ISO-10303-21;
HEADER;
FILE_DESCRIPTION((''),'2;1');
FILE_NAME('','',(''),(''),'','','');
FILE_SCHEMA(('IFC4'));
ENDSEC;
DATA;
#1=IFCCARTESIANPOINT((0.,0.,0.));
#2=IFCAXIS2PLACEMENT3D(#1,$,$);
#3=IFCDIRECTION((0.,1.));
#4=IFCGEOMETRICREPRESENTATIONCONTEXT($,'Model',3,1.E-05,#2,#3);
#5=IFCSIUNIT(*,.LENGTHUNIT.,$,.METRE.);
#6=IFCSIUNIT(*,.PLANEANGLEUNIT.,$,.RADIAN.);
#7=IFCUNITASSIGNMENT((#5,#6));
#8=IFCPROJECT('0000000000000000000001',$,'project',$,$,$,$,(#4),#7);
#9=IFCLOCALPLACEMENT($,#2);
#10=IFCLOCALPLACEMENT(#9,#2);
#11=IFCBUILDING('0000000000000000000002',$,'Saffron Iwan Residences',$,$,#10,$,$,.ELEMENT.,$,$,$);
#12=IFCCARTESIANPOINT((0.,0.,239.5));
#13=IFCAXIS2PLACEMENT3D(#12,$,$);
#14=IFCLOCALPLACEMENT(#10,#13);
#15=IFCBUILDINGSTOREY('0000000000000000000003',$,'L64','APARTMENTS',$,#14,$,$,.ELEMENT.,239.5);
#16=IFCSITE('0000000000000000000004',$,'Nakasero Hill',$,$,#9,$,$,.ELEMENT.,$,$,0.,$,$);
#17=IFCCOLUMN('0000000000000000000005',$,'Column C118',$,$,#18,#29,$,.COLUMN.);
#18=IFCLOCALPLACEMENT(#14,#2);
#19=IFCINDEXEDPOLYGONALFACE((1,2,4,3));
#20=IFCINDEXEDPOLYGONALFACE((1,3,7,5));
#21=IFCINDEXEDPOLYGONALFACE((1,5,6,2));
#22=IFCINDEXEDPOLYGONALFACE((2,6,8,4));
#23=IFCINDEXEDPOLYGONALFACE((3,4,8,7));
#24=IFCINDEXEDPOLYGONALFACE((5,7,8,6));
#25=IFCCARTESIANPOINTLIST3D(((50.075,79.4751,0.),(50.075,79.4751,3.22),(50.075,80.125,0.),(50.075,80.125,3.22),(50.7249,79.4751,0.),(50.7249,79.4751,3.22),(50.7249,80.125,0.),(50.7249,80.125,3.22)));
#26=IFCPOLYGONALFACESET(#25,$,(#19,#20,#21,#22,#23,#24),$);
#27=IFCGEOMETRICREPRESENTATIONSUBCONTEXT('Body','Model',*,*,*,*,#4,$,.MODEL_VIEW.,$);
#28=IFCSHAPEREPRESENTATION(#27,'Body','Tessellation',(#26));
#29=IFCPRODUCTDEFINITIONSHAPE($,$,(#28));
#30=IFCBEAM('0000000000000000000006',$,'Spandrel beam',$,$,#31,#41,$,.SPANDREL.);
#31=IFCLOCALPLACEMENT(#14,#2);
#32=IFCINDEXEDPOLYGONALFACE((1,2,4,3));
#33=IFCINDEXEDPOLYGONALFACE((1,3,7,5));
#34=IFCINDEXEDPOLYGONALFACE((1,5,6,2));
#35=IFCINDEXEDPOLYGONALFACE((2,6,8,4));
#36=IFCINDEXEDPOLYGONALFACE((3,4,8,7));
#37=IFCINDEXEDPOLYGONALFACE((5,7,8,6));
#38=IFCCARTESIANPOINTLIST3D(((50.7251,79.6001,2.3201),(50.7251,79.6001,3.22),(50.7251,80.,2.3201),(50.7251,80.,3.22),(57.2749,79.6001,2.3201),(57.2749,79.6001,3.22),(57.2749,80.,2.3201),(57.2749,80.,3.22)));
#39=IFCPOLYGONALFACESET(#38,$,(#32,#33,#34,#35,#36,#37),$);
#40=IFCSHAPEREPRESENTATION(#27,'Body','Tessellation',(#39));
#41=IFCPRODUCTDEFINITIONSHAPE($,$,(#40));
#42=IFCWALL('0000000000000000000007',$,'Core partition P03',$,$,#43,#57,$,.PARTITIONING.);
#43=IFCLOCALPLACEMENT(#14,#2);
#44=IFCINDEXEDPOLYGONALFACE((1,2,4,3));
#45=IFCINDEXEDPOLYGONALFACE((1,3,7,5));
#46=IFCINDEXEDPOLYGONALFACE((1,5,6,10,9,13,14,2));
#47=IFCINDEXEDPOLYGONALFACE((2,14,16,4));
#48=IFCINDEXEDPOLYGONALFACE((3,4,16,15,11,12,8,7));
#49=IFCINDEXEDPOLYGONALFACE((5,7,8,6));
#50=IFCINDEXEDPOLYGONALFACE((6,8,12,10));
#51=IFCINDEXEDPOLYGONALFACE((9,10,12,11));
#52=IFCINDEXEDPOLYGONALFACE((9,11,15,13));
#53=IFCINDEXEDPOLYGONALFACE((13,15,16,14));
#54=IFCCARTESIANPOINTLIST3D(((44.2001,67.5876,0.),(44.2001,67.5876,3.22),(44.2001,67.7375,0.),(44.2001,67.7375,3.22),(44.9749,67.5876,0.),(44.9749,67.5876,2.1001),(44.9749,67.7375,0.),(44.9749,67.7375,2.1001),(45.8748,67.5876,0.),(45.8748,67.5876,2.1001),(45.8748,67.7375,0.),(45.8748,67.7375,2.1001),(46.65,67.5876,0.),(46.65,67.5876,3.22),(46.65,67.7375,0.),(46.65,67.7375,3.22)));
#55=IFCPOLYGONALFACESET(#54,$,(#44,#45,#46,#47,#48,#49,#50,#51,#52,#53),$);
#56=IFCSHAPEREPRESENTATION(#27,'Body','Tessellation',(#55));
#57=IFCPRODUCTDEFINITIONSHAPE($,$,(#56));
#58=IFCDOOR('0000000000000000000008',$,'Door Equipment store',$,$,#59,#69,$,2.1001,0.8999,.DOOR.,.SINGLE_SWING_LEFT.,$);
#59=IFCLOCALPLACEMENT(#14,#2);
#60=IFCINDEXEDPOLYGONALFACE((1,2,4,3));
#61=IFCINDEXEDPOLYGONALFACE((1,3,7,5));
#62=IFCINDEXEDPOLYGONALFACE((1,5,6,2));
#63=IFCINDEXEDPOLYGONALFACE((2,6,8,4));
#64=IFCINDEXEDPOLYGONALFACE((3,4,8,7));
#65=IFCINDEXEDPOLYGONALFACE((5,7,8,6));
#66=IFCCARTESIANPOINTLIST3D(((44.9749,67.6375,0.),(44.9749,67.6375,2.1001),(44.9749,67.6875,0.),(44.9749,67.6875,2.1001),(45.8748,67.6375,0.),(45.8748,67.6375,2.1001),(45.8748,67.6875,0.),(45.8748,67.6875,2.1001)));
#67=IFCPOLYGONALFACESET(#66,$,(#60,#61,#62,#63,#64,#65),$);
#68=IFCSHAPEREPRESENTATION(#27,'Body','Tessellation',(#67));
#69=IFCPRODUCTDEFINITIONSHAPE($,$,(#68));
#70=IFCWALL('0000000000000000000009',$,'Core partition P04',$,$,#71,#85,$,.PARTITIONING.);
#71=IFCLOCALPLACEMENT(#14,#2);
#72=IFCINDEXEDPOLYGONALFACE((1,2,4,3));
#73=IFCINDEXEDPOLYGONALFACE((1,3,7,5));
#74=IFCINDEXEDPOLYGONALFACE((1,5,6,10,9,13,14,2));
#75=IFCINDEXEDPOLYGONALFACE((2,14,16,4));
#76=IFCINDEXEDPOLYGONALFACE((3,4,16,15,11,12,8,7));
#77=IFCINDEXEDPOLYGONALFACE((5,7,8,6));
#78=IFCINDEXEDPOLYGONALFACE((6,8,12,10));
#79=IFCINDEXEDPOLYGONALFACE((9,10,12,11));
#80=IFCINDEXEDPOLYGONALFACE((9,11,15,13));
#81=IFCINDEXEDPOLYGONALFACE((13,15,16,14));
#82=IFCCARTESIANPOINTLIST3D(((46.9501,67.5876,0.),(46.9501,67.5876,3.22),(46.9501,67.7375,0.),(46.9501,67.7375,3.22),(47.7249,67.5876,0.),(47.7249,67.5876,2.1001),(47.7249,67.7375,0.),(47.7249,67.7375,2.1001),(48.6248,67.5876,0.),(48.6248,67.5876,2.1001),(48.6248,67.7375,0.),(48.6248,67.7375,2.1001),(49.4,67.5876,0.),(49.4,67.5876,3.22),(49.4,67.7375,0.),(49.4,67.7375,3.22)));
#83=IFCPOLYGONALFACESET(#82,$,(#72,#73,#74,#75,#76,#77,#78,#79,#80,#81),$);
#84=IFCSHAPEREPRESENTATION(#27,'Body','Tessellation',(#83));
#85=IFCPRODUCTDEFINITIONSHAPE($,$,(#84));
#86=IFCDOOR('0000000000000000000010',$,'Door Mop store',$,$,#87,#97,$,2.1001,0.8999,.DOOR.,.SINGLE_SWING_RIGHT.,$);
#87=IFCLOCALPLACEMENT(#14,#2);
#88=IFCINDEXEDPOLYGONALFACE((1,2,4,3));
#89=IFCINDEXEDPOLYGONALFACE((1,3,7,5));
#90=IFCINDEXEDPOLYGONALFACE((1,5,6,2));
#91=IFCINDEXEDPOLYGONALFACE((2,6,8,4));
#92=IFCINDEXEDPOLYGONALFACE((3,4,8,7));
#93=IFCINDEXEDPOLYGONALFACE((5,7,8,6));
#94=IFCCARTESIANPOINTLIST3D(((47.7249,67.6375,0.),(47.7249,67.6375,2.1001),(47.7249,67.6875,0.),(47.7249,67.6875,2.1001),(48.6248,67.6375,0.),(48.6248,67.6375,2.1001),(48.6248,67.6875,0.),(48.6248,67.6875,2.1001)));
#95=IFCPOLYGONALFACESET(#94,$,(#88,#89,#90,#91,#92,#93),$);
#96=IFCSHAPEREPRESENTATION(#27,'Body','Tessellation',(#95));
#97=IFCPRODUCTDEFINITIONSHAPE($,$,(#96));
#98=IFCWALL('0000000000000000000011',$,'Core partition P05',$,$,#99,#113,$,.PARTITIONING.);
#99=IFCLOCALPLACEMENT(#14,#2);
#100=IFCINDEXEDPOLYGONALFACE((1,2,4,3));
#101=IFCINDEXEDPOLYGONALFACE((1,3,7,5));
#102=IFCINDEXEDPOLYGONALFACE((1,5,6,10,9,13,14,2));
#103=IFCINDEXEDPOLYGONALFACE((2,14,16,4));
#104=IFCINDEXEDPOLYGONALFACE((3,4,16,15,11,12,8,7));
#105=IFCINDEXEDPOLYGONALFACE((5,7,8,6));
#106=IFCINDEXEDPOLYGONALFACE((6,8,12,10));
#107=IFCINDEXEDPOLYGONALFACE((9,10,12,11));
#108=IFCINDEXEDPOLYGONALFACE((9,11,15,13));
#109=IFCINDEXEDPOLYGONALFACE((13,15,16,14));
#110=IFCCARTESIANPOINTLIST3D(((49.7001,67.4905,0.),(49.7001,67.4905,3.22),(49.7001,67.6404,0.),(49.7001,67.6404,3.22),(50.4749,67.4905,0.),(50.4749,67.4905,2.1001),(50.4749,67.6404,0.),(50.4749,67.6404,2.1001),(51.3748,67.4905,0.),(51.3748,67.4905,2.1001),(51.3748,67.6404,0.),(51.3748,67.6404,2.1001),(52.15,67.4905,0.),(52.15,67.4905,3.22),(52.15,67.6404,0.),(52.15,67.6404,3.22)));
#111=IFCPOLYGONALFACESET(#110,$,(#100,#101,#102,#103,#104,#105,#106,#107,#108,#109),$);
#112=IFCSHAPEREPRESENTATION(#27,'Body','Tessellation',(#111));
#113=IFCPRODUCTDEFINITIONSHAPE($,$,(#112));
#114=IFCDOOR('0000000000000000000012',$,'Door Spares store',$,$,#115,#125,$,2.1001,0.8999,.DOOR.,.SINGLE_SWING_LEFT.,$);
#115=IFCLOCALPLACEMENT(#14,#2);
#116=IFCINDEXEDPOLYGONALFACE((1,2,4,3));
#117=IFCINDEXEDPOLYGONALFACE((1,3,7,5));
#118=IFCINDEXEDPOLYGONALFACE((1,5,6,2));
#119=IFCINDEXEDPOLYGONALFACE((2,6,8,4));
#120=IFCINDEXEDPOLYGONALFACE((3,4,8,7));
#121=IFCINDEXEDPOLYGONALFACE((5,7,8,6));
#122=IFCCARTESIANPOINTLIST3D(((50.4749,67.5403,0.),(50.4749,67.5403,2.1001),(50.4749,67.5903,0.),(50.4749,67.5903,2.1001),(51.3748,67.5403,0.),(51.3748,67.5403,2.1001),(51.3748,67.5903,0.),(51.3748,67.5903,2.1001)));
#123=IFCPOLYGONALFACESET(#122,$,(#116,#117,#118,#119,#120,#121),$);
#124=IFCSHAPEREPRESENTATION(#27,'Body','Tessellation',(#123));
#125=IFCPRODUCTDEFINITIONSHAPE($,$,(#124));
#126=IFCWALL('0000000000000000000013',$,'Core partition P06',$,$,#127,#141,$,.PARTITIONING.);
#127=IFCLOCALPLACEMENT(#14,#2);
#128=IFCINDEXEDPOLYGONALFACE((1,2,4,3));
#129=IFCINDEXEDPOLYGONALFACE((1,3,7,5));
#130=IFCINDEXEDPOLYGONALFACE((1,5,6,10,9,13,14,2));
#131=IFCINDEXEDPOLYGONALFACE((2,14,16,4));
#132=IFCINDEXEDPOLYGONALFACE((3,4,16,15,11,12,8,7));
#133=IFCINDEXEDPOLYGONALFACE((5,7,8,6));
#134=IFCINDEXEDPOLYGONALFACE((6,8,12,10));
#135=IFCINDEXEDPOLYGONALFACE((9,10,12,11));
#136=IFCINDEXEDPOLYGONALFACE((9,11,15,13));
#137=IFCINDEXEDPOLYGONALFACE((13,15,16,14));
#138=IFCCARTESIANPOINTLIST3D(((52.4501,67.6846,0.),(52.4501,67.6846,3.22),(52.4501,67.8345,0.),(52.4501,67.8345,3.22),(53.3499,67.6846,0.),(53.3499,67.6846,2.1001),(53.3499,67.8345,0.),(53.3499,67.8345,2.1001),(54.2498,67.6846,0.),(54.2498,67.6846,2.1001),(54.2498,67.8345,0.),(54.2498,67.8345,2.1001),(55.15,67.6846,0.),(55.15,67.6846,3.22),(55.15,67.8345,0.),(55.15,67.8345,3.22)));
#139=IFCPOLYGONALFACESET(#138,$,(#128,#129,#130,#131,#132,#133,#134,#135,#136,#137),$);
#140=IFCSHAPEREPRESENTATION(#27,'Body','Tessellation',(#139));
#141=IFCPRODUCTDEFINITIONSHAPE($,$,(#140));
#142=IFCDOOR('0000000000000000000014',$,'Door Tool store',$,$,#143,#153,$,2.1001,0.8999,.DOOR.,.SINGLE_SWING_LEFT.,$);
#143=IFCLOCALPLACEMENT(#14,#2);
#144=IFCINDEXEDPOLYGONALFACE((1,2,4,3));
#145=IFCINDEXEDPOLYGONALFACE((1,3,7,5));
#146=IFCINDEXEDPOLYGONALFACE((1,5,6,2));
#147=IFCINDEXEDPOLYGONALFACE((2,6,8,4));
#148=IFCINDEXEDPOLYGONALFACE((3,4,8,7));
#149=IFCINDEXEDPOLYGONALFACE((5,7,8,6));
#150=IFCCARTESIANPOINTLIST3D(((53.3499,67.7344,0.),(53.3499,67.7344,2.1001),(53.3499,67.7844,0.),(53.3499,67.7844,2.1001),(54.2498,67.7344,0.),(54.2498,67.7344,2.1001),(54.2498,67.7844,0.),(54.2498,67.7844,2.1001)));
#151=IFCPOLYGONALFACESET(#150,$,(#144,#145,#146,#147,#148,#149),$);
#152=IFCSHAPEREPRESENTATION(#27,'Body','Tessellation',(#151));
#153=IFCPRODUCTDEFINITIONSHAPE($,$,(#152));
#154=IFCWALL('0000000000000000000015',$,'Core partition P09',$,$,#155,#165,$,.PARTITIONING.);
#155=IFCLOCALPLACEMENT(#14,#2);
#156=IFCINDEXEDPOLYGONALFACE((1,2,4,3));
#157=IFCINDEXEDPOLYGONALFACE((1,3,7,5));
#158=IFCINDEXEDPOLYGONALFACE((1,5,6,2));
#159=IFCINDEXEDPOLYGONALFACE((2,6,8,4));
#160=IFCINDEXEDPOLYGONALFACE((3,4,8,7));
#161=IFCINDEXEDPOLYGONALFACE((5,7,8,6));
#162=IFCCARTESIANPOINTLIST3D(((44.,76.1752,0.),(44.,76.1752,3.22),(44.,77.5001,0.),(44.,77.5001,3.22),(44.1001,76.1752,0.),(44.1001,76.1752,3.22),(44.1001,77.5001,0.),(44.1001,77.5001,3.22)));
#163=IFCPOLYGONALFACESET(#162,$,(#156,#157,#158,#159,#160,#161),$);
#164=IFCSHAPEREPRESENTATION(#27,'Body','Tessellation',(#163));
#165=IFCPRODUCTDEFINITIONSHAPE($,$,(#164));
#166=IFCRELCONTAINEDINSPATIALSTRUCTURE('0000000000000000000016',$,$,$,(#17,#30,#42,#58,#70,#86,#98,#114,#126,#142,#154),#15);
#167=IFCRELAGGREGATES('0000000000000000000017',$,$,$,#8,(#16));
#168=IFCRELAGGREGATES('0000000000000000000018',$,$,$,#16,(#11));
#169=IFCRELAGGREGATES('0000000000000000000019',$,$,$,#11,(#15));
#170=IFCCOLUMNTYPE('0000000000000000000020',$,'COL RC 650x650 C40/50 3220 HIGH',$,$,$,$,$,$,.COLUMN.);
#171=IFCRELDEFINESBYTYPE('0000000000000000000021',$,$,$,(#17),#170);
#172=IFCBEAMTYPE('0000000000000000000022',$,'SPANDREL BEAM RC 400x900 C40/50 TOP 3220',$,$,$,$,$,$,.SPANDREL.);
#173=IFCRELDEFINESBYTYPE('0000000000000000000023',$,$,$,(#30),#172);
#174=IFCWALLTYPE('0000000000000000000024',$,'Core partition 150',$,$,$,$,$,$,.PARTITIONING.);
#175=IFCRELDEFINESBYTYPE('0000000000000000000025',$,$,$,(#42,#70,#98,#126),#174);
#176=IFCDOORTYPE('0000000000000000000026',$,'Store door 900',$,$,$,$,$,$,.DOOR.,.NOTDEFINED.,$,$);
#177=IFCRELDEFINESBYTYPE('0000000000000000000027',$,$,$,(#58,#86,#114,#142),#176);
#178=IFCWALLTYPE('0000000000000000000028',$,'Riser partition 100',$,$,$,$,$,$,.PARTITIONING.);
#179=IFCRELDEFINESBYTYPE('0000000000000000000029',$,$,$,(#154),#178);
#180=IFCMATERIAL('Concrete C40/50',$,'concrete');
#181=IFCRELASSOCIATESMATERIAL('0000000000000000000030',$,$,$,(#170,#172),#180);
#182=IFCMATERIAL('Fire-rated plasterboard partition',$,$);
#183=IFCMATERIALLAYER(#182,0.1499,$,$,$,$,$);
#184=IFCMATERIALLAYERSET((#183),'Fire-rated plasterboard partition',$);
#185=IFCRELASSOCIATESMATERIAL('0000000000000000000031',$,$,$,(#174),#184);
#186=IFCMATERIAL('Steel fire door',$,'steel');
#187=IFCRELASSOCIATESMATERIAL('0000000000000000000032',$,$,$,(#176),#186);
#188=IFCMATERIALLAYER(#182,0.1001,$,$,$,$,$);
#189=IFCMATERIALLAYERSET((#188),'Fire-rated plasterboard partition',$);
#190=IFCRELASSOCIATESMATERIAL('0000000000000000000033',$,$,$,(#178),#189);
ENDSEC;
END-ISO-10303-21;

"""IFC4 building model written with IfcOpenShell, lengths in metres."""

from ifc_helpers import new_model, si_unit, direction, frame, frame_2d, origin, origin_2d, place, context, subcontext, project, spatial, rectangle, extrude, source, transform, mapped, material, layer, layer_set, material_profile, profile_set, type_object, element, fill, save


model = new_model("IFC4")

# Units and contexts
model_context = context("Model", 3, precision=1e-05, world=origin(), true_north=direction((0.0, 1.0)))
body_context = subcontext(model_context, "Body", "Model", "MODEL_VIEW")
ifc_project = project(units=[si_unit("LENGTHUNIT", "METRE"), si_unit("PLANEANGLEUNIT", "RADIAN")], contexts=[model_context])

# Site, building, storey
site_placement = place(None, origin())
site = spatial("IfcSite", under=ifc_project, at=site_placement, Name="Nakasero Hill", CompositionType="ELEMENT", RefElevation=0.0)
building_placement = place(site_placement, origin())
building = spatial("IfcBuilding", under=site, at=building_placement, Name="Saffron Iwan Residences", CompositionType="ELEMENT")
storey_placement = place(building_placement, frame((0.0, 0.0, 239.5)))
storey = spatial("IfcBuildingStorey", under=building, at=storey_placement, Name="L64", Description="APARTMENTS", CompositionType="ELEMENT", Elevation=239.5)

# Column
ifc_material_1 = material(Name="Concrete C40/50", Category="concrete")
ifc_material_profile_1 = material_profile(ifc_material_1, rectangle(XDim=0.6499, YDim=0.6499, at=origin_2d()), Name="RC 650x650")
ifc_profile_set_1 = profile_set([ifc_material_profile_1], Name="Concrete C40/50")
column_type = type_object("IfcColumnType", Name="COL RC 650x650 C40/50 3220 HIGH", PredefinedType="COLUMN", material=ifc_profile_set_1)
shared_shape_1 = source(origin(), body_context, "Body", "SweptSolid", [
    extrude(rectangle(XDim=0.6499, YDim=0.6499, at=origin_2d()), origin(), (0.0, 0.0, 1.0), 3.22),
])
column_placement = place(storey_placement, frame((50.3999, 79.8, 0.0), z_axis=(0.0, 0.0, 1.0), x_axis=(1.0, 0.0, 0.0)))
element("IfcColumn", 1, at=column_placement, inside=storey, type_object=column_type, Name="Column C118", PredefinedType="COLUMN", context=body_context, shape_type="MappedRepresentation", body=[
    mapped(shared_shape_1, transform((0.0, 0.0, 0.0))),
])

# Beam
ifc_material_profile_2 = material_profile(ifc_material_1, rectangle(XDim=0.3999, YDim=0.8999, at=origin_2d()), Name="RC 400x900")
ifc_profile_set_2 = profile_set([ifc_material_profile_2], Name="Concrete C40/50")
beam_type = type_object("IfcBeamType", Name="SPANDREL BEAM RC 400x900 C40/50 TOP 3220", PredefinedType="SPANDREL", material=ifc_profile_set_2)
shared_shape_2 = source(origin(), body_context, "Body", "SweptSolid", [
    extrude(rectangle(XDim=0.3999, YDim=0.8999, at=origin_2d()), origin(), (0.0, 0.0, 1.0), 6.5498),
])
beam_placement = place(storey_placement, frame((50.7251, 79.8, 2.77), z_axis=(1.0, 0.0, 0.0), x_axis=(0.0, 1.0, 0.0)))
element("IfcBeam", 2, at=beam_placement, inside=storey, type_object=beam_type, Name="Spandrel beam", PredefinedType="SPANDREL", context=body_context, shape_type="MappedRepresentation", body=[
    mapped(shared_shape_2, transform((0.0, 0.0, 0.0))),
])

# Walls, openings, doors
ifc_material_2 = material(Name="Fire-rated plasterboard partition")
ifc_layer_1 = layer(ifc_material_2, 0.1499)
ifc_layer_set_1 = layer_set([ifc_layer_1], Name="Fire-rated plasterboard partition")
wall_type_1 = type_object("IfcWallType", Name="Core partition 150", PredefinedType="PARTITIONING", material=ifc_layer_set_1)
wall_1_placement = place(storey_placement, frame((44.2, 67.6626, 0.0), z_axis=(0.0, 0.0, 1.0), x_axis=(1.0, 0.0, 0.0)))
wall_1 = element("IfcWall", 3, at=wall_1_placement, inside=storey, type_object=wall_type_1, Name="Core partition P03", PredefinedType="PARTITIONING", context=body_context, shape_type="SweptSolid", body=[
    extrude(rectangle(XDim=2.45, YDim=0.1499, at=frame_2d((1.2251, 0.0))), origin(), (0.0, 0.0, 1.0), 3.22),
])
opening_1_placement = place(wall_1_placement, frame((0.7749, 0.0, 0.0)))
opening_1 = element("IfcOpeningElement", 4, at=opening_1_placement, cuts=wall_1, PredefinedType="OPENING", context=body_context, shape_type="SweptSolid", body=[
    extrude(rectangle(XDim=0.8999, YDim=2.1001, at=frame_2d((0.45, 1.05))), frame((0.0, 0.085, 0.0), z_axis=(0.0, -1.0, 0.0), x_axis=(1.0, 0.0, 0.0)), (0.0, 0.0, 1.0), 0.1699),
])
ifc_material_3 = material(Name="Steel fire door", Category="steel")
door_type = type_object("IfcDoorType", Name="Store door 900", OperationType="NOTDEFINED", PredefinedType="DOOR", material=ifc_material_3)
door_1_placement = place(opening_1_placement, origin())
door_1 = element("IfcDoor", 5, at=door_1_placement, inside=storey, type_object=door_type, Name="Door Equipment store", OperationType="SINGLE_SWING_LEFT", OverallHeight=2.1001, OverallWidth=0.8999, PredefinedType="DOOR", context=body_context, shape_type="SweptSolid", body=[
    extrude(rectangle(XDim=0.8999, YDim=2.1001, at=frame_2d((0.45, 1.05))), frame((0.0, 0.0249, 0.0), z_axis=(0.0, -1.0, 0.0), x_axis=(1.0, 0.0, 0.0)), (0.0, 0.0, 1.0), 0.05),
])
fill(opening_1, door_1)
wall_2_placement = place(storey_placement, frame((46.95, 67.6626, 0.0), z_axis=(0.0, 0.0, 1.0), x_axis=(1.0, 0.0, 0.0)))
wall_2 = element("IfcWall", 6, at=wall_2_placement, inside=storey, type_object=wall_type_1, Name="Core partition P04", PredefinedType="PARTITIONING", context=body_context, shape_type="SweptSolid", body=[
    extrude(rectangle(XDim=2.45, YDim=0.1499, at=frame_2d((1.2251, 0.0))), origin(), (0.0, 0.0, 1.0), 3.22),
])
opening_2_placement = place(wall_2_placement, frame((0.7749, 0.0, 0.0)))
opening_2 = element("IfcOpeningElement", 7, at=opening_2_placement, cuts=wall_2, PredefinedType="OPENING", context=body_context, shape_type="SweptSolid", body=[
    extrude(rectangle(XDim=0.8999, YDim=2.1001, at=frame_2d((0.45, 1.05))), frame((0.0, 0.085, 0.0), z_axis=(0.0, -1.0, 0.0), x_axis=(1.0, 0.0, 0.0)), (0.0, 0.0, 1.0), 0.1699),
])
door_2_placement = place(opening_2_placement, origin())
door_2 = element("IfcDoor", 8, at=door_2_placement, inside=storey, type_object=door_type, Name="Door Mop store", OperationType="SINGLE_SWING_RIGHT", OverallHeight=2.1001, OverallWidth=0.8999, PredefinedType="DOOR", context=body_context, shape_type="SweptSolid", body=[
    extrude(rectangle(XDim=0.8999, YDim=2.1001, at=frame_2d((0.45, 1.05))), frame((0.0, 0.0249, 0.0), z_axis=(0.0, -1.0, 0.0), x_axis=(1.0, 0.0, 0.0)), (0.0, 0.0, 1.0), 0.05),
])
fill(opening_2, door_2)
wall_3_placement = place(storey_placement, frame((49.7, 67.5654, 0.0), z_axis=(0.0, 0.0, 1.0), x_axis=(1.0, 0.0, 0.0)))
wall_3 = element("IfcWall", 9, at=wall_3_placement, inside=storey, type_object=wall_type_1, Name="Core partition P05", PredefinedType="PARTITIONING", context=body_context, shape_type="SweptSolid", body=[
    extrude(rectangle(XDim=2.45, YDim=0.1499, at=frame_2d((1.2251, 0.0))), origin(), (0.0, 0.0, 1.0), 3.22),
])
opening_3_placement = place(wall_3_placement, frame((0.7749, 0.0, 0.0)))
opening_3 = element("IfcOpeningElement", 10, at=opening_3_placement, cuts=wall_3, PredefinedType="OPENING", context=body_context, shape_type="SweptSolid", body=[
    extrude(rectangle(XDim=0.8999, YDim=2.1001, at=frame_2d((0.45, 1.05))), frame((0.0, 0.085, 0.0), z_axis=(0.0, -1.0, 0.0), x_axis=(1.0, 0.0, 0.0)), (0.0, 0.0, 1.0), 0.1699),
])
door_3_placement = place(opening_3_placement, origin())
door_3 = element("IfcDoor", 11, at=door_3_placement, inside=storey, type_object=door_type, Name="Door Spares store", OperationType="SINGLE_SWING_LEFT", OverallHeight=2.1001, OverallWidth=0.8999, PredefinedType="DOOR", context=body_context, shape_type="SweptSolid", body=[
    extrude(rectangle(XDim=0.8999, YDim=2.1001, at=frame_2d((0.45, 1.05))), frame((0.0, 0.0249, 0.0), z_axis=(0.0, -1.0, 0.0), x_axis=(1.0, 0.0, 0.0)), (0.0, 0.0, 1.0), 0.05),
])
fill(opening_3, door_3)
wall_4_placement = place(storey_placement, frame((52.45, 67.7595, 0.0), z_axis=(0.0, 0.0, 1.0), x_axis=(1.0, 0.0, 0.0)))
wall_4 = element("IfcWall", 12, at=wall_4_placement, inside=storey, type_object=wall_type_1, Name="Core partition P06", PredefinedType="PARTITIONING", context=body_context, shape_type="SweptSolid", body=[
    extrude(rectangle(XDim=2.7, YDim=0.1499, at=frame_2d((1.3501, 0.0))), origin(), (0.0, 0.0, 1.0), 3.22),
])
opening_4_placement = place(wall_4_placement, frame((0.8999, 0.0, 0.0)))
opening_4 = element("IfcOpeningElement", 13, at=opening_4_placement, cuts=wall_4, PredefinedType="OPENING", context=body_context, shape_type="SweptSolid", body=[
    extrude(rectangle(XDim=0.8999, YDim=2.1001, at=frame_2d((0.45, 1.05))), frame((0.0, 0.085, 0.0), z_axis=(0.0, -1.0, 0.0), x_axis=(1.0, 0.0, 0.0)), (0.0, 0.0, 1.0), 0.1699),
])
door_4_placement = place(opening_4_placement, origin())
door_4 = element("IfcDoor", 14, at=door_4_placement, inside=storey, type_object=door_type, Name="Door Tool store", OperationType="SINGLE_SWING_LEFT", OverallHeight=2.1001, OverallWidth=0.8999, PredefinedType="DOOR", context=body_context, shape_type="SweptSolid", body=[
    extrude(rectangle(XDim=0.8999, YDim=2.1001, at=frame_2d((0.45, 1.05))), frame((0.0, 0.0249, 0.0), z_axis=(0.0, -1.0, 0.0), x_axis=(1.0, 0.0, 0.0)), (0.0, 0.0, 1.0), 0.05),
])
fill(opening_4, door_4)

# Wall
ifc_layer_2 = layer(ifc_material_2, 0.1001)
ifc_layer_set_2 = layer_set([ifc_layer_2], Name="Fire-rated plasterboard partition")
wall_type_2 = type_object("IfcWallType", Name="Riser partition 100", PredefinedType="PARTITIONING", material=ifc_layer_set_2)
for number, where, z_axis, x_axis, name in (
    (15, (44.05, 76.175, 0.0), (0.0, 0.0, 1.0), (0.0, 1.0, 0.0), "Core partition P09"),
):
    element("IfcWall", number, at=place(storey_placement, frame(where, z_axis=z_axis, x_axis=x_axis)), inside=storey, type_object=wall_type_2, Name=name, PredefinedType="PARTITIONING", context=body_context, shape_type="SweptSolid", body=[
        extrude(rectangle(XDim=1.325, YDim=0.1001, at=frame_2d((0.6626, 0.0))), origin(), (0.0, 0.0, 1.0), 3.22),
    ])

save(model, "model.ifc")
